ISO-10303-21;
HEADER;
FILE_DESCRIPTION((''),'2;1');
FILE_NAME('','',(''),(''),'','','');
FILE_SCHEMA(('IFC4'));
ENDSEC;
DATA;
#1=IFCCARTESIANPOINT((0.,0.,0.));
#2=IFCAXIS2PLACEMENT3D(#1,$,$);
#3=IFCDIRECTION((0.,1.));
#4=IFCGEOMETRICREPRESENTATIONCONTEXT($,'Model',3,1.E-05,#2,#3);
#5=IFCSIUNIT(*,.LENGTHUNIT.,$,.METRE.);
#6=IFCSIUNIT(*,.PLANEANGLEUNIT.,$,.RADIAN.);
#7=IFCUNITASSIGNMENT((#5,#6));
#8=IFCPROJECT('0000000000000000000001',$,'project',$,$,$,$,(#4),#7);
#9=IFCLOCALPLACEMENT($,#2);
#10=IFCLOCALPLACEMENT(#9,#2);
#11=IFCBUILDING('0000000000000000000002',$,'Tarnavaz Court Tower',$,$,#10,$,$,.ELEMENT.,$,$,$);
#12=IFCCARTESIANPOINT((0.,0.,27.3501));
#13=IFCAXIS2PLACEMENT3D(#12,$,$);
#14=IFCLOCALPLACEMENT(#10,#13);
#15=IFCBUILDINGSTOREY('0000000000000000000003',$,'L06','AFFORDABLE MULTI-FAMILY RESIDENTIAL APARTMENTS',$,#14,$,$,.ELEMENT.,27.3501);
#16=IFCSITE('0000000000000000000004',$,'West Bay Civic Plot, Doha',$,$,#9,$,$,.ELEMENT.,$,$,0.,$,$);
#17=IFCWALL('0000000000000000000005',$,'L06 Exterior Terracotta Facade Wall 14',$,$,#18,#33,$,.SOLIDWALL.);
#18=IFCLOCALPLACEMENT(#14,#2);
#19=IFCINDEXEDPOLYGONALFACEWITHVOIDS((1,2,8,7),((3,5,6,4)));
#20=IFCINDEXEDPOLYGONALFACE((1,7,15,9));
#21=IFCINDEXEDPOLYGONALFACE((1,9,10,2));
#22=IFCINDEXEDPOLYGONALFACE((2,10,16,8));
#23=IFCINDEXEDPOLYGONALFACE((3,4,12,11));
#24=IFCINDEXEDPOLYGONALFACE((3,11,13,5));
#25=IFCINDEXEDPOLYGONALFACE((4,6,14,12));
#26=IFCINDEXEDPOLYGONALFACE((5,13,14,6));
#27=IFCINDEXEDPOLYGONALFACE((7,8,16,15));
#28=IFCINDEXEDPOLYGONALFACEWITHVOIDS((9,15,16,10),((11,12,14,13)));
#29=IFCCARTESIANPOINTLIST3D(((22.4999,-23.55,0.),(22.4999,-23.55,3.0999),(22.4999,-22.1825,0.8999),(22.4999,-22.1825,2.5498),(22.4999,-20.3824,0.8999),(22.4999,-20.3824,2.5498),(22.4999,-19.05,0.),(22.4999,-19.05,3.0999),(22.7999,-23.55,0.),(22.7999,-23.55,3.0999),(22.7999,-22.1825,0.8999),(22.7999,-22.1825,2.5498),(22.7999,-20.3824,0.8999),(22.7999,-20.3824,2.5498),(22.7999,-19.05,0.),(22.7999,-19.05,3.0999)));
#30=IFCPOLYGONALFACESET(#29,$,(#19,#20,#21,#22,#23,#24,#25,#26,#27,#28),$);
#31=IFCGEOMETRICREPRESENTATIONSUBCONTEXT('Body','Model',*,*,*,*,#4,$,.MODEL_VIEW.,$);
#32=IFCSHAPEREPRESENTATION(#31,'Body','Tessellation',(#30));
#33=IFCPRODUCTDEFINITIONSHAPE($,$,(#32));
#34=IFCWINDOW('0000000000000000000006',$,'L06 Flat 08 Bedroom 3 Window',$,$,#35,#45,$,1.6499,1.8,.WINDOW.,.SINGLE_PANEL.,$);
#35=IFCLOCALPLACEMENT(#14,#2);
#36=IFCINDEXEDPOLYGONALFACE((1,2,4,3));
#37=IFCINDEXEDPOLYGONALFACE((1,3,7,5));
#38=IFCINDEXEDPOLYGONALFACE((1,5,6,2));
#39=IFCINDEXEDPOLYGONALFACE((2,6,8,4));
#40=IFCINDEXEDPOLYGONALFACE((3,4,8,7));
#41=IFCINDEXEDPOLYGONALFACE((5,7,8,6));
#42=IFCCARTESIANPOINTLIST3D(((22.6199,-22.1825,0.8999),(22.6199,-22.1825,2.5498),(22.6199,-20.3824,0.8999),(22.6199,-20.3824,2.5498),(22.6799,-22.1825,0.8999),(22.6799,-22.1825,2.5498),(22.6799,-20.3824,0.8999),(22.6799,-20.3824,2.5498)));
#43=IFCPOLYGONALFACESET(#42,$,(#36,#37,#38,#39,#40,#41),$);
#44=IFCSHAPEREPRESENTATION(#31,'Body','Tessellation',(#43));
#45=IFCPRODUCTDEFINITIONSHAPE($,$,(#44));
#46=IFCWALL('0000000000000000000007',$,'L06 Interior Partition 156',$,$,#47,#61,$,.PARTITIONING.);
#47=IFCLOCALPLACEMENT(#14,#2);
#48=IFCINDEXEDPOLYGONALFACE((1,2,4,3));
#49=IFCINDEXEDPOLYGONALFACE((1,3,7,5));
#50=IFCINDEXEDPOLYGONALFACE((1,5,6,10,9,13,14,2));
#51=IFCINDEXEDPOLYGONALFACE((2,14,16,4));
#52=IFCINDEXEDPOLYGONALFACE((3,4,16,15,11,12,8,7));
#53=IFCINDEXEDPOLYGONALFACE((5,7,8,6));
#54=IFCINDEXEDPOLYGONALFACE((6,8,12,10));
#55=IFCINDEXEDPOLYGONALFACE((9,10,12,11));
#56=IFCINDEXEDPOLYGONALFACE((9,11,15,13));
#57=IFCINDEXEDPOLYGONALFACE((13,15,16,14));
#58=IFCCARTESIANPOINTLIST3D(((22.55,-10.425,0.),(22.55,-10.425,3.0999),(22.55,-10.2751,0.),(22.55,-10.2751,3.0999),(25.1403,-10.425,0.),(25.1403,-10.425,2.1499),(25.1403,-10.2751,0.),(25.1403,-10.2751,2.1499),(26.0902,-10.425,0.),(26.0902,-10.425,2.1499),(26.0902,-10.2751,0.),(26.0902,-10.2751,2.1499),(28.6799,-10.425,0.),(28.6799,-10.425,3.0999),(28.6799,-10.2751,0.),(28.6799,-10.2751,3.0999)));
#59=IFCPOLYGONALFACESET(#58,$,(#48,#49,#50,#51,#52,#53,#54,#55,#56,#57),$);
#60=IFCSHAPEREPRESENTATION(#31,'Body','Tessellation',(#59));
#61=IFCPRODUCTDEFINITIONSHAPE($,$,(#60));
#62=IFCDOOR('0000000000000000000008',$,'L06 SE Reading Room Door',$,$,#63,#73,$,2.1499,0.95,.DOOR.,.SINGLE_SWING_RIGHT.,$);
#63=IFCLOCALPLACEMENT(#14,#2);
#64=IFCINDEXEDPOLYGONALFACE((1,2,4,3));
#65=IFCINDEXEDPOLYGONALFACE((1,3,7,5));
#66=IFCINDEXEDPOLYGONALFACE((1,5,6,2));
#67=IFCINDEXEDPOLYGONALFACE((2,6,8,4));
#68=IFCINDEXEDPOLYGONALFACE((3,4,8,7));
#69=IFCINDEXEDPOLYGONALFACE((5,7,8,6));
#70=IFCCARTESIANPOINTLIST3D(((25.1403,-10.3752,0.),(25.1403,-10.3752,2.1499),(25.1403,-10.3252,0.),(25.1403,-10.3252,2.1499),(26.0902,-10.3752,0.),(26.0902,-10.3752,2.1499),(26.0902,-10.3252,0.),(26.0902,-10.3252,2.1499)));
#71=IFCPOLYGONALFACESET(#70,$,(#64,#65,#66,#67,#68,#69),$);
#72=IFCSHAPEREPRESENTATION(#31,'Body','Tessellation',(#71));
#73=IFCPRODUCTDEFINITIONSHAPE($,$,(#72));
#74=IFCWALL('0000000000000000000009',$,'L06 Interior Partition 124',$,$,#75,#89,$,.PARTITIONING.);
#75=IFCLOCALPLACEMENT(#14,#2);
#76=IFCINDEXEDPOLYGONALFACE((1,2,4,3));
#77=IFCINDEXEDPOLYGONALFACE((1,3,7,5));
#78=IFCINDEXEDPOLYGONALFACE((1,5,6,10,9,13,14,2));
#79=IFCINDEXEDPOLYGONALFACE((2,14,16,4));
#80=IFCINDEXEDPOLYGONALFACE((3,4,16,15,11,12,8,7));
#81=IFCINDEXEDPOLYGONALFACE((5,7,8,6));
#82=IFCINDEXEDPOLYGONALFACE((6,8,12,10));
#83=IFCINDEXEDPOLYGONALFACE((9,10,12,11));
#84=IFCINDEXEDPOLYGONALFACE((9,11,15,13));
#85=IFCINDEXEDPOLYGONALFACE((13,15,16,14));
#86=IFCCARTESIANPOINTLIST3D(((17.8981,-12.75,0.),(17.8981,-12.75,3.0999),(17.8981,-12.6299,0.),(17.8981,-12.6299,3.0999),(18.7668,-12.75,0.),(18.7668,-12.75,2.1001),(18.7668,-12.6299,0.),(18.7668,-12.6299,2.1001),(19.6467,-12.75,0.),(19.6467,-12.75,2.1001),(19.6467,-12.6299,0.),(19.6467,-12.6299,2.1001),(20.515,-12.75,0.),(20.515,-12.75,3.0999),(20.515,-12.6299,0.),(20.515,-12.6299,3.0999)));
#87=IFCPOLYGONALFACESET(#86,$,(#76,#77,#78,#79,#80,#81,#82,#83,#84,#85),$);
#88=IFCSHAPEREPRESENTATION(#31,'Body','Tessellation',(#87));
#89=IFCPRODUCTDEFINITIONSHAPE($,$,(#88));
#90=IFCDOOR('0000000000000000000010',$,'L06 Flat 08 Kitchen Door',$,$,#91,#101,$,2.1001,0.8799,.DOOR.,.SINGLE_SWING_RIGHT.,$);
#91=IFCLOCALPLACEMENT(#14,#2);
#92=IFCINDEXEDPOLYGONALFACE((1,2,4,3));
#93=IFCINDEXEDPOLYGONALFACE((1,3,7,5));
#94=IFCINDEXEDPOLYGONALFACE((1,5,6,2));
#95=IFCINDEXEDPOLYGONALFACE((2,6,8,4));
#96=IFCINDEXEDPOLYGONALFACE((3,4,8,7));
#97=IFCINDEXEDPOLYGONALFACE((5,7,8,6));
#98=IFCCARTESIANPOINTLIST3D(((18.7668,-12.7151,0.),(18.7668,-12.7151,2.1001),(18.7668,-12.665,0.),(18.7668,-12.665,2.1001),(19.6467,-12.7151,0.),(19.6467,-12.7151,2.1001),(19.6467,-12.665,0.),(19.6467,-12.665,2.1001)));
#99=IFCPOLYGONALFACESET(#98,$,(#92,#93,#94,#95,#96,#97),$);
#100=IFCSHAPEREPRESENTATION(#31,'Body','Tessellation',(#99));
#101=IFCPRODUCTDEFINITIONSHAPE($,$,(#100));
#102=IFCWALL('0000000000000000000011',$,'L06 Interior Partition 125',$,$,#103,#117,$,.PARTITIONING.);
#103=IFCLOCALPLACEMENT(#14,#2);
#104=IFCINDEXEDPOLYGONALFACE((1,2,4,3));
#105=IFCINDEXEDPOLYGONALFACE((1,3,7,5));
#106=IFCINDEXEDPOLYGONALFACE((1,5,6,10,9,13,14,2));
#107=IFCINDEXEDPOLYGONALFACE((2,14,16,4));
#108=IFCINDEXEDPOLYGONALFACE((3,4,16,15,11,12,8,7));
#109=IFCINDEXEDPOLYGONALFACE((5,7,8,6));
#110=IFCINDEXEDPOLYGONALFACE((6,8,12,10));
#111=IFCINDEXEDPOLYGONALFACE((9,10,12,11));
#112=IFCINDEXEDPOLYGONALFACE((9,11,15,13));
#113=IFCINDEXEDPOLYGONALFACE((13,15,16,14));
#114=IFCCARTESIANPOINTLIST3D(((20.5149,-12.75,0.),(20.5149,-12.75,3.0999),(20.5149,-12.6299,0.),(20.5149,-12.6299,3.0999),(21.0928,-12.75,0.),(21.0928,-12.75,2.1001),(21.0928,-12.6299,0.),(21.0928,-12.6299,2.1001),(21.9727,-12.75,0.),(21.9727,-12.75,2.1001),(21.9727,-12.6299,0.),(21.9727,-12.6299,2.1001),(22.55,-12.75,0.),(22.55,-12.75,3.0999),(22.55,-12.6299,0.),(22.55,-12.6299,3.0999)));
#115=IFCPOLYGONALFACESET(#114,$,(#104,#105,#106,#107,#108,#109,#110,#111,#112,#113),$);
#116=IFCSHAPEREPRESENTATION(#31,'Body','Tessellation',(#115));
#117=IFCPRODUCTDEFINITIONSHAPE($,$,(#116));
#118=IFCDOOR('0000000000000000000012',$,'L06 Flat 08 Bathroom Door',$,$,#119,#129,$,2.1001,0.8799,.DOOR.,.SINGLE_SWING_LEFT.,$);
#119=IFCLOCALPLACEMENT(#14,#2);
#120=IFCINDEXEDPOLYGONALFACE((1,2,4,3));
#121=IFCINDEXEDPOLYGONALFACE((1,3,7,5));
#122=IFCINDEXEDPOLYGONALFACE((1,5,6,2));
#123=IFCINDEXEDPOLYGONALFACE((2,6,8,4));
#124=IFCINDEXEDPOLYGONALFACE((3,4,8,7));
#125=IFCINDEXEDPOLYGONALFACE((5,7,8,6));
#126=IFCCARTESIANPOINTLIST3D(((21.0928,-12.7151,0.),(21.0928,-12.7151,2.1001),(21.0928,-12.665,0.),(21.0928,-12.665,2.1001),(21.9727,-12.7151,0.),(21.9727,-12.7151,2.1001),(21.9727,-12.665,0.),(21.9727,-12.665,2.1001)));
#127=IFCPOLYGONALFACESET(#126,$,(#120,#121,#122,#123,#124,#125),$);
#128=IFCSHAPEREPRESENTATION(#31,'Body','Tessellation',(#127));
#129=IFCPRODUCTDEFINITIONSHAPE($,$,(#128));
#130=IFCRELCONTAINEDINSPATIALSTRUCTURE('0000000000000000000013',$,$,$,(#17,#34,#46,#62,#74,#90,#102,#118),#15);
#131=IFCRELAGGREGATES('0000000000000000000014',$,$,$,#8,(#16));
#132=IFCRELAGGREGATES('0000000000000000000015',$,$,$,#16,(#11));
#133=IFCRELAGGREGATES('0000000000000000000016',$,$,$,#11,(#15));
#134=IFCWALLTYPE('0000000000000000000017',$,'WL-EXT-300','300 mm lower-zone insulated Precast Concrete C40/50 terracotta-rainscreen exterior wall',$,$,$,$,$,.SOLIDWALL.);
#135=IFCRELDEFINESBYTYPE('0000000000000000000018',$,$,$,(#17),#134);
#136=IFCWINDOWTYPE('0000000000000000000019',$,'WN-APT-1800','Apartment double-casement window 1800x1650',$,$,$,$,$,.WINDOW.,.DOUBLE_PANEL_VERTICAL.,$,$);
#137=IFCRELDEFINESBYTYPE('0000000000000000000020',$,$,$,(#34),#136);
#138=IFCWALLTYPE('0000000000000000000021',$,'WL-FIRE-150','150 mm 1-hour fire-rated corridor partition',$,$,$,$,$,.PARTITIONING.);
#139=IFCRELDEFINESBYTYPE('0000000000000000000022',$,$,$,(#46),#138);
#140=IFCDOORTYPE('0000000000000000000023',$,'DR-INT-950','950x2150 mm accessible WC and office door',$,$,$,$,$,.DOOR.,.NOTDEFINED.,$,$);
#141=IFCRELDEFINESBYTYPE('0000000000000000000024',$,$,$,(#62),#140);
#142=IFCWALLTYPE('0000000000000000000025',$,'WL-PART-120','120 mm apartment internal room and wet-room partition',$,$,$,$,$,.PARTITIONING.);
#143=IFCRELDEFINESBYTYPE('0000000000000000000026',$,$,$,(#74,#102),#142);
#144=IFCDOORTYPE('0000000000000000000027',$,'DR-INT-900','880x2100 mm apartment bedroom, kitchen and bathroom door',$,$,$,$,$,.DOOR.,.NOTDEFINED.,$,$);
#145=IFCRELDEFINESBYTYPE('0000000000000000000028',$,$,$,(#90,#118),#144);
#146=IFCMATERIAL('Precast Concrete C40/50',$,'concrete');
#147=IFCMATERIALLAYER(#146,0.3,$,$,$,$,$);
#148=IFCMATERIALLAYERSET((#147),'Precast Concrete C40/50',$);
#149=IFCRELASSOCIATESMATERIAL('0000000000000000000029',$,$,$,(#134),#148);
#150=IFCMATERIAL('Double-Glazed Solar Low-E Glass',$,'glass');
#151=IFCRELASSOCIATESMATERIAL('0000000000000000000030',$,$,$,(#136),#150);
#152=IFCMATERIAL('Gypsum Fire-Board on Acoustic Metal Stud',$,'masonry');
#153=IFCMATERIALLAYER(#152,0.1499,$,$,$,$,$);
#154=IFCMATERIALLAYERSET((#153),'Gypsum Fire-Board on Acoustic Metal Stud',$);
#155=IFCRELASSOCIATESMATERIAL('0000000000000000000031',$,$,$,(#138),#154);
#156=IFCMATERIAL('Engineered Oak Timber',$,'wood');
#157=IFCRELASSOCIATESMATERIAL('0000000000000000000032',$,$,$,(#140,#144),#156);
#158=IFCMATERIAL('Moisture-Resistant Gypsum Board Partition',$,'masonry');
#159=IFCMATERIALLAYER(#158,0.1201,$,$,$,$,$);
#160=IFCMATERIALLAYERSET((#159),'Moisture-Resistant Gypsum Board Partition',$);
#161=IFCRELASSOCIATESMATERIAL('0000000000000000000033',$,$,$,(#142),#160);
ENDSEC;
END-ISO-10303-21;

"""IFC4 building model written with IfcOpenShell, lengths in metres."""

from ifc_helpers import new_model, si_unit, direction, frame, frame_2d, origin, place, context, subcontext, project, spatial, rectangle, extrude, material, layer, layer_set, type_object, element, fill, save


model = new_model("IFC4")

# Units and contexts
model_context = context("Model", 3, precision=1e-05, world=origin(), true_north=direction((0.0, 1.0)))
body_context = subcontext(model_context, "Body", "Model", "MODEL_VIEW")
ifc_project = project(units=[si_unit("LENGTHUNIT", "METRE"), si_unit("PLANEANGLEUNIT", "RADIAN")], contexts=[model_context])

# Site, building, storey
site_placement = place(None, origin())
site = spatial("IfcSite", under=ifc_project, at=site_placement, Name="West Bay Civic Plot, Doha", CompositionType="ELEMENT", RefElevation=0.0)
building_placement = place(site_placement, origin())
building = spatial("IfcBuilding", under=site, at=building_placement, Name="Tarnavaz Court Tower", CompositionType="ELEMENT")
storey_placement = place(building_placement, frame((0.0, 0.0, 27.3501)))
storey = spatial("IfcBuildingStorey", under=building, at=storey_placement, Name="L06", Description="AFFORDABLE MULTI-FAMILY RESIDENTIAL APARTMENTS", CompositionType="ELEMENT", Elevation=27.3501)

# Wall, opening, window
ifc_material_1 = material(Name="Precast Concrete C40/50", Category="concrete")
ifc_layer_1 = layer(ifc_material_1, 0.3)
ifc_layer_set_1 = layer_set([ifc_layer_1], Name="Precast Concrete C40/50")
wall_type_1 = type_object("IfcWallType", Name="WL-EXT-300", Description="300 mm lower-zone insulated Precast Concrete C40/50 terracotta-rainscreen exterior wall", PredefinedType="SOLIDWALL", material=ifc_layer_set_1)
ifc_material_2 = material(Name="Double-Glazed Solar Low-E Glass", Category="glass")
wall_1_placement = place(storey_placement, frame((22.6499, -19.05, 0.0), z_axis=(0.0, 0.0, 1.0), x_axis=(0.0, -1.0, 0.0)))
wall_1 = element("IfcWall", 1, at=wall_1_placement, inside=storey, type_object=wall_type_1, Name="L06 Exterior Terracotta Facade Wall 14", PredefinedType="SOLIDWALL", context=body_context, shape_type="SweptSolid", body=[
    extrude(rectangle(XDim=4.5, YDim=0.3, at=frame_2d((2.25, 0.0))), origin(), (0.0, 0.0, 1.0), 3.0999),
])
opening_1_placement = place(wall_1_placement, frame((1.3325, 0.0, 0.8999)))
opening_1 = element("IfcOpeningElement", 2, at=opening_1_placement, cuts=wall_1, PredefinedType="OPENING", context=body_context, shape_type="SweptSolid", body=[
    extrude(rectangle(XDim=1.8, YDim=1.6499, at=frame_2d((0.8999, 0.825))), frame((0.0, 0.1599, 0.0), z_axis=(0.0, -1.0, 0.0), x_axis=(1.0, 0.0, 0.0)), (0.0, 0.0, 1.0), 0.3201),
])
window_type_1 = type_object("IfcWindowType", Name="WN-APT-1800", Description="Apartment double-casement window 1800x1650", PartitioningType="DOUBLE_PANEL_VERTICAL", PredefinedType="WINDOW", material=ifc_material_2)
window_1_placement = place(opening_1_placement, origin())
window_1 = element("IfcWindow", 3, at=window_1_placement, inside=storey, type_object=window_type_1, Name="L06 Flat 08 Bedroom 3 Window", OverallHeight=1.6499, OverallWidth=1.8, PartitioningType="SINGLE_PANEL", PredefinedType="WINDOW", context=body_context, shape_type="SweptSolid", body=[
    extrude(rectangle(XDim=1.8, YDim=1.6499, at=frame_2d((0.8999, 0.825))), frame((0.0, 0.03, 0.0), z_axis=(0.0, -1.0, 0.0), x_axis=(1.0, 0.0, 0.0)), (0.0, 0.0, 1.0), 0.0601),
])
fill(opening_1, window_1)

# Walls, openings, doors
ifc_material_3 = material(Name="Gypsum Fire-Board on Acoustic Metal Stud", Category="masonry")
ifc_layer_2 = layer(ifc_material_3, 0.1499)
ifc_layer_set_2 = layer_set([ifc_layer_2], Name="Gypsum Fire-Board on Acoustic Metal Stud")
wall_type_2 = type_object("IfcWallType", Name="WL-FIRE-150", Description="150 mm 1-hour fire-rated corridor partition", PredefinedType="PARTITIONING", material=ifc_layer_set_2)
wall_2_placement = place(storey_placement, frame((22.55, -10.3501, 0.0), z_axis=(0.0, 0.0, 1.0), x_axis=(1.0, 0.0, 0.0)))
wall_2 = element("IfcWall", 4, at=wall_2_placement, inside=storey, type_object=wall_type_2, Name="L06 Interior Partition 156", PredefinedType="PARTITIONING", context=body_context, shape_type="SweptSolid", body=[
    extrude(rectangle(XDim=6.1299, YDim=0.1499, at=frame_2d((3.0649, 0.0))), origin(), (0.0, 0.0, 1.0), 3.0999),
])
opening_2_placement = place(wall_2_placement, frame((2.5901, 0.0, 0.0)))
opening_2 = element("IfcOpeningElement", 5, at=opening_2_placement, cuts=wall_2, PredefinedType="OPENING", context=body_context, shape_type="SweptSolid", body=[
    extrude(rectangle(XDim=0.95, YDim=2.1499, at=frame_2d((0.4751, 1.075))), frame((0.0, 0.085, 0.0), z_axis=(0.0, -1.0, 0.0), x_axis=(1.0, 0.0, 0.0)), (0.0, 0.0, 1.0), 0.1699),
])
ifc_material_4 = material(Name="Engineered Oak Timber", Category="wood")
door_type_1 = type_object("IfcDoorType", Name="DR-INT-950", Description="950x2150 mm accessible WC and office door", OperationType="NOTDEFINED", PredefinedType="DOOR", material=ifc_material_4)
door_1_placement = place(opening_2_placement, origin())
door_1 = element("IfcDoor", 6, at=door_1_placement, inside=storey, type_object=door_type_1, Name="L06 SE Reading Room Door", OperationType="SINGLE_SWING_RIGHT", OverallHeight=2.1499, OverallWidth=0.95, PredefinedType="DOOR", context=body_context, shape_type="SweptSolid", body=[
    extrude(rectangle(XDim=0.95, YDim=2.1499, at=frame_2d((0.4751, 1.075))), frame((0.0, 0.0249, 0.0), z_axis=(0.0, -1.0, 0.0), x_axis=(1.0, 0.0, 0.0)), (0.0, 0.0, 1.0), 0.05),
])
fill(opening_2, door_1)
ifc_material_5 = material(Name="Moisture-Resistant Gypsum Board Partition", Category="masonry")
ifc_layer_3 = layer(ifc_material_5, 0.1201)
ifc_layer_set_3 = layer_set([ifc_layer_3], Name="Moisture-Resistant Gypsum Board Partition")
wall_type_3 = type_object("IfcWallType", Name="WL-PART-120", Description="120 mm apartment internal room and wet-room partition", PredefinedType="PARTITIONING", material=ifc_layer_set_3)
wall_3_placement = place(storey_placement, frame((17.8979, -12.6899, 0.0), z_axis=(0.0, 0.0, 1.0), x_axis=(1.0, 0.0, 0.0)))
wall_3 = element("IfcWall", 7, at=wall_3_placement, inside=storey, type_object=wall_type_3, Name="L06 Interior Partition 124", PredefinedType="PARTITIONING", context=body_context, shape_type="SweptSolid", body=[
    extrude(rectangle(XDim=2.6169, YDim=0.1201, at=frame_2d((1.3086, 0.0))), origin(), (0.0, 0.0, 1.0), 3.0999),
])
opening_3_placement = place(wall_3_placement, frame((0.8689, 0.0, 0.0)))
opening_3 = element("IfcOpeningElement", 8, at=opening_3_placement, cuts=wall_3, PredefinedType="OPENING", context=body_context, shape_type="SweptSolid", body=[
    extrude(rectangle(XDim=0.8799, YDim=2.1001, at=frame_2d((0.4399, 1.05))), frame((0.0, 0.0701, 0.0), z_axis=(0.0, -1.0, 0.0), x_axis=(1.0, 0.0, 0.0)), (0.0, 0.0, 1.0), 0.1401),
])
door_type_2 = type_object("IfcDoorType", Name="DR-INT-900", Description="880x2100 mm apartment bedroom, kitchen and bathroom door", OperationType="NOTDEFINED", PredefinedType="DOOR", material=ifc_material_4)
door_2_placement = place(opening_3_placement, origin())
door_2 = element("IfcDoor", 9, at=door_2_placement, inside=storey, type_object=door_type_2, Name="L06 Flat 08 Kitchen Door", OperationType="SINGLE_SWING_RIGHT", OverallHeight=2.1001, OverallWidth=0.8799, PredefinedType="DOOR", context=body_context, shape_type="SweptSolid", body=[
    extrude(rectangle(XDim=0.8799, YDim=2.1001, at=frame_2d((0.4399, 1.05))), frame((0.0, 0.0249, 0.0), z_axis=(0.0, -1.0, 0.0), x_axis=(1.0, 0.0, 0.0)), (0.0, 0.0, 1.0), 0.05),
])
fill(opening_3, door_2)
wall_4_placement = place(storey_placement, frame((20.5149, -12.6899, 0.0), z_axis=(0.0, 0.0, 1.0), x_axis=(1.0, 0.0, 0.0)))
wall_4 = element("IfcWall", 10, at=wall_4_placement, inside=storey, type_object=wall_type_3, Name="L06 Interior Partition 125", PredefinedType="PARTITIONING", context=body_context, shape_type="SweptSolid", body=[
    extrude(rectangle(XDim=2.0352, YDim=0.1201, at=frame_2d((1.0176, 0.0))), origin(), (0.0, 0.0, 1.0), 3.0999),
])
opening_4_placement = place(wall_4_placement, frame((0.5779, 0.0, 0.0)))
opening_4 = element("IfcOpeningElement", 11, at=opening_4_placement, cuts=wall_4, PredefinedType="OPENING", context=body_context, shape_type="SweptSolid", body=[
    extrude(rectangle(XDim=0.8799, YDim=2.1001, at=frame_2d((0.4399, 1.05))), frame((0.0, 0.0701, 0.0), z_axis=(0.0, -1.0, 0.0), x_axis=(1.0, 0.0, 0.0)), (0.0, 0.0, 1.0), 0.1401),
])
door_3_placement = place(opening_4_placement, origin())
door_3 = element("IfcDoor", 12, at=door_3_placement, inside=storey, type_object=door_type_2, Name="L06 Flat 08 Bathroom Door", OperationType="SINGLE_SWING_LEFT", OverallHeight=2.1001, OverallWidth=0.8799, PredefinedType="DOOR", context=body_context, shape_type="SweptSolid", body=[
    extrude(rectangle(XDim=0.8799, YDim=2.1001, at=frame_2d((0.4399, 1.05))), frame((0.0, 0.0249, 0.0), z_axis=(0.0, -1.0, 0.0), x_axis=(1.0, 0.0, 0.0)), (0.0, 0.0, 1.0), 0.05),
])
fill(opening_4, door_3)

save(model, "model.ifc")
